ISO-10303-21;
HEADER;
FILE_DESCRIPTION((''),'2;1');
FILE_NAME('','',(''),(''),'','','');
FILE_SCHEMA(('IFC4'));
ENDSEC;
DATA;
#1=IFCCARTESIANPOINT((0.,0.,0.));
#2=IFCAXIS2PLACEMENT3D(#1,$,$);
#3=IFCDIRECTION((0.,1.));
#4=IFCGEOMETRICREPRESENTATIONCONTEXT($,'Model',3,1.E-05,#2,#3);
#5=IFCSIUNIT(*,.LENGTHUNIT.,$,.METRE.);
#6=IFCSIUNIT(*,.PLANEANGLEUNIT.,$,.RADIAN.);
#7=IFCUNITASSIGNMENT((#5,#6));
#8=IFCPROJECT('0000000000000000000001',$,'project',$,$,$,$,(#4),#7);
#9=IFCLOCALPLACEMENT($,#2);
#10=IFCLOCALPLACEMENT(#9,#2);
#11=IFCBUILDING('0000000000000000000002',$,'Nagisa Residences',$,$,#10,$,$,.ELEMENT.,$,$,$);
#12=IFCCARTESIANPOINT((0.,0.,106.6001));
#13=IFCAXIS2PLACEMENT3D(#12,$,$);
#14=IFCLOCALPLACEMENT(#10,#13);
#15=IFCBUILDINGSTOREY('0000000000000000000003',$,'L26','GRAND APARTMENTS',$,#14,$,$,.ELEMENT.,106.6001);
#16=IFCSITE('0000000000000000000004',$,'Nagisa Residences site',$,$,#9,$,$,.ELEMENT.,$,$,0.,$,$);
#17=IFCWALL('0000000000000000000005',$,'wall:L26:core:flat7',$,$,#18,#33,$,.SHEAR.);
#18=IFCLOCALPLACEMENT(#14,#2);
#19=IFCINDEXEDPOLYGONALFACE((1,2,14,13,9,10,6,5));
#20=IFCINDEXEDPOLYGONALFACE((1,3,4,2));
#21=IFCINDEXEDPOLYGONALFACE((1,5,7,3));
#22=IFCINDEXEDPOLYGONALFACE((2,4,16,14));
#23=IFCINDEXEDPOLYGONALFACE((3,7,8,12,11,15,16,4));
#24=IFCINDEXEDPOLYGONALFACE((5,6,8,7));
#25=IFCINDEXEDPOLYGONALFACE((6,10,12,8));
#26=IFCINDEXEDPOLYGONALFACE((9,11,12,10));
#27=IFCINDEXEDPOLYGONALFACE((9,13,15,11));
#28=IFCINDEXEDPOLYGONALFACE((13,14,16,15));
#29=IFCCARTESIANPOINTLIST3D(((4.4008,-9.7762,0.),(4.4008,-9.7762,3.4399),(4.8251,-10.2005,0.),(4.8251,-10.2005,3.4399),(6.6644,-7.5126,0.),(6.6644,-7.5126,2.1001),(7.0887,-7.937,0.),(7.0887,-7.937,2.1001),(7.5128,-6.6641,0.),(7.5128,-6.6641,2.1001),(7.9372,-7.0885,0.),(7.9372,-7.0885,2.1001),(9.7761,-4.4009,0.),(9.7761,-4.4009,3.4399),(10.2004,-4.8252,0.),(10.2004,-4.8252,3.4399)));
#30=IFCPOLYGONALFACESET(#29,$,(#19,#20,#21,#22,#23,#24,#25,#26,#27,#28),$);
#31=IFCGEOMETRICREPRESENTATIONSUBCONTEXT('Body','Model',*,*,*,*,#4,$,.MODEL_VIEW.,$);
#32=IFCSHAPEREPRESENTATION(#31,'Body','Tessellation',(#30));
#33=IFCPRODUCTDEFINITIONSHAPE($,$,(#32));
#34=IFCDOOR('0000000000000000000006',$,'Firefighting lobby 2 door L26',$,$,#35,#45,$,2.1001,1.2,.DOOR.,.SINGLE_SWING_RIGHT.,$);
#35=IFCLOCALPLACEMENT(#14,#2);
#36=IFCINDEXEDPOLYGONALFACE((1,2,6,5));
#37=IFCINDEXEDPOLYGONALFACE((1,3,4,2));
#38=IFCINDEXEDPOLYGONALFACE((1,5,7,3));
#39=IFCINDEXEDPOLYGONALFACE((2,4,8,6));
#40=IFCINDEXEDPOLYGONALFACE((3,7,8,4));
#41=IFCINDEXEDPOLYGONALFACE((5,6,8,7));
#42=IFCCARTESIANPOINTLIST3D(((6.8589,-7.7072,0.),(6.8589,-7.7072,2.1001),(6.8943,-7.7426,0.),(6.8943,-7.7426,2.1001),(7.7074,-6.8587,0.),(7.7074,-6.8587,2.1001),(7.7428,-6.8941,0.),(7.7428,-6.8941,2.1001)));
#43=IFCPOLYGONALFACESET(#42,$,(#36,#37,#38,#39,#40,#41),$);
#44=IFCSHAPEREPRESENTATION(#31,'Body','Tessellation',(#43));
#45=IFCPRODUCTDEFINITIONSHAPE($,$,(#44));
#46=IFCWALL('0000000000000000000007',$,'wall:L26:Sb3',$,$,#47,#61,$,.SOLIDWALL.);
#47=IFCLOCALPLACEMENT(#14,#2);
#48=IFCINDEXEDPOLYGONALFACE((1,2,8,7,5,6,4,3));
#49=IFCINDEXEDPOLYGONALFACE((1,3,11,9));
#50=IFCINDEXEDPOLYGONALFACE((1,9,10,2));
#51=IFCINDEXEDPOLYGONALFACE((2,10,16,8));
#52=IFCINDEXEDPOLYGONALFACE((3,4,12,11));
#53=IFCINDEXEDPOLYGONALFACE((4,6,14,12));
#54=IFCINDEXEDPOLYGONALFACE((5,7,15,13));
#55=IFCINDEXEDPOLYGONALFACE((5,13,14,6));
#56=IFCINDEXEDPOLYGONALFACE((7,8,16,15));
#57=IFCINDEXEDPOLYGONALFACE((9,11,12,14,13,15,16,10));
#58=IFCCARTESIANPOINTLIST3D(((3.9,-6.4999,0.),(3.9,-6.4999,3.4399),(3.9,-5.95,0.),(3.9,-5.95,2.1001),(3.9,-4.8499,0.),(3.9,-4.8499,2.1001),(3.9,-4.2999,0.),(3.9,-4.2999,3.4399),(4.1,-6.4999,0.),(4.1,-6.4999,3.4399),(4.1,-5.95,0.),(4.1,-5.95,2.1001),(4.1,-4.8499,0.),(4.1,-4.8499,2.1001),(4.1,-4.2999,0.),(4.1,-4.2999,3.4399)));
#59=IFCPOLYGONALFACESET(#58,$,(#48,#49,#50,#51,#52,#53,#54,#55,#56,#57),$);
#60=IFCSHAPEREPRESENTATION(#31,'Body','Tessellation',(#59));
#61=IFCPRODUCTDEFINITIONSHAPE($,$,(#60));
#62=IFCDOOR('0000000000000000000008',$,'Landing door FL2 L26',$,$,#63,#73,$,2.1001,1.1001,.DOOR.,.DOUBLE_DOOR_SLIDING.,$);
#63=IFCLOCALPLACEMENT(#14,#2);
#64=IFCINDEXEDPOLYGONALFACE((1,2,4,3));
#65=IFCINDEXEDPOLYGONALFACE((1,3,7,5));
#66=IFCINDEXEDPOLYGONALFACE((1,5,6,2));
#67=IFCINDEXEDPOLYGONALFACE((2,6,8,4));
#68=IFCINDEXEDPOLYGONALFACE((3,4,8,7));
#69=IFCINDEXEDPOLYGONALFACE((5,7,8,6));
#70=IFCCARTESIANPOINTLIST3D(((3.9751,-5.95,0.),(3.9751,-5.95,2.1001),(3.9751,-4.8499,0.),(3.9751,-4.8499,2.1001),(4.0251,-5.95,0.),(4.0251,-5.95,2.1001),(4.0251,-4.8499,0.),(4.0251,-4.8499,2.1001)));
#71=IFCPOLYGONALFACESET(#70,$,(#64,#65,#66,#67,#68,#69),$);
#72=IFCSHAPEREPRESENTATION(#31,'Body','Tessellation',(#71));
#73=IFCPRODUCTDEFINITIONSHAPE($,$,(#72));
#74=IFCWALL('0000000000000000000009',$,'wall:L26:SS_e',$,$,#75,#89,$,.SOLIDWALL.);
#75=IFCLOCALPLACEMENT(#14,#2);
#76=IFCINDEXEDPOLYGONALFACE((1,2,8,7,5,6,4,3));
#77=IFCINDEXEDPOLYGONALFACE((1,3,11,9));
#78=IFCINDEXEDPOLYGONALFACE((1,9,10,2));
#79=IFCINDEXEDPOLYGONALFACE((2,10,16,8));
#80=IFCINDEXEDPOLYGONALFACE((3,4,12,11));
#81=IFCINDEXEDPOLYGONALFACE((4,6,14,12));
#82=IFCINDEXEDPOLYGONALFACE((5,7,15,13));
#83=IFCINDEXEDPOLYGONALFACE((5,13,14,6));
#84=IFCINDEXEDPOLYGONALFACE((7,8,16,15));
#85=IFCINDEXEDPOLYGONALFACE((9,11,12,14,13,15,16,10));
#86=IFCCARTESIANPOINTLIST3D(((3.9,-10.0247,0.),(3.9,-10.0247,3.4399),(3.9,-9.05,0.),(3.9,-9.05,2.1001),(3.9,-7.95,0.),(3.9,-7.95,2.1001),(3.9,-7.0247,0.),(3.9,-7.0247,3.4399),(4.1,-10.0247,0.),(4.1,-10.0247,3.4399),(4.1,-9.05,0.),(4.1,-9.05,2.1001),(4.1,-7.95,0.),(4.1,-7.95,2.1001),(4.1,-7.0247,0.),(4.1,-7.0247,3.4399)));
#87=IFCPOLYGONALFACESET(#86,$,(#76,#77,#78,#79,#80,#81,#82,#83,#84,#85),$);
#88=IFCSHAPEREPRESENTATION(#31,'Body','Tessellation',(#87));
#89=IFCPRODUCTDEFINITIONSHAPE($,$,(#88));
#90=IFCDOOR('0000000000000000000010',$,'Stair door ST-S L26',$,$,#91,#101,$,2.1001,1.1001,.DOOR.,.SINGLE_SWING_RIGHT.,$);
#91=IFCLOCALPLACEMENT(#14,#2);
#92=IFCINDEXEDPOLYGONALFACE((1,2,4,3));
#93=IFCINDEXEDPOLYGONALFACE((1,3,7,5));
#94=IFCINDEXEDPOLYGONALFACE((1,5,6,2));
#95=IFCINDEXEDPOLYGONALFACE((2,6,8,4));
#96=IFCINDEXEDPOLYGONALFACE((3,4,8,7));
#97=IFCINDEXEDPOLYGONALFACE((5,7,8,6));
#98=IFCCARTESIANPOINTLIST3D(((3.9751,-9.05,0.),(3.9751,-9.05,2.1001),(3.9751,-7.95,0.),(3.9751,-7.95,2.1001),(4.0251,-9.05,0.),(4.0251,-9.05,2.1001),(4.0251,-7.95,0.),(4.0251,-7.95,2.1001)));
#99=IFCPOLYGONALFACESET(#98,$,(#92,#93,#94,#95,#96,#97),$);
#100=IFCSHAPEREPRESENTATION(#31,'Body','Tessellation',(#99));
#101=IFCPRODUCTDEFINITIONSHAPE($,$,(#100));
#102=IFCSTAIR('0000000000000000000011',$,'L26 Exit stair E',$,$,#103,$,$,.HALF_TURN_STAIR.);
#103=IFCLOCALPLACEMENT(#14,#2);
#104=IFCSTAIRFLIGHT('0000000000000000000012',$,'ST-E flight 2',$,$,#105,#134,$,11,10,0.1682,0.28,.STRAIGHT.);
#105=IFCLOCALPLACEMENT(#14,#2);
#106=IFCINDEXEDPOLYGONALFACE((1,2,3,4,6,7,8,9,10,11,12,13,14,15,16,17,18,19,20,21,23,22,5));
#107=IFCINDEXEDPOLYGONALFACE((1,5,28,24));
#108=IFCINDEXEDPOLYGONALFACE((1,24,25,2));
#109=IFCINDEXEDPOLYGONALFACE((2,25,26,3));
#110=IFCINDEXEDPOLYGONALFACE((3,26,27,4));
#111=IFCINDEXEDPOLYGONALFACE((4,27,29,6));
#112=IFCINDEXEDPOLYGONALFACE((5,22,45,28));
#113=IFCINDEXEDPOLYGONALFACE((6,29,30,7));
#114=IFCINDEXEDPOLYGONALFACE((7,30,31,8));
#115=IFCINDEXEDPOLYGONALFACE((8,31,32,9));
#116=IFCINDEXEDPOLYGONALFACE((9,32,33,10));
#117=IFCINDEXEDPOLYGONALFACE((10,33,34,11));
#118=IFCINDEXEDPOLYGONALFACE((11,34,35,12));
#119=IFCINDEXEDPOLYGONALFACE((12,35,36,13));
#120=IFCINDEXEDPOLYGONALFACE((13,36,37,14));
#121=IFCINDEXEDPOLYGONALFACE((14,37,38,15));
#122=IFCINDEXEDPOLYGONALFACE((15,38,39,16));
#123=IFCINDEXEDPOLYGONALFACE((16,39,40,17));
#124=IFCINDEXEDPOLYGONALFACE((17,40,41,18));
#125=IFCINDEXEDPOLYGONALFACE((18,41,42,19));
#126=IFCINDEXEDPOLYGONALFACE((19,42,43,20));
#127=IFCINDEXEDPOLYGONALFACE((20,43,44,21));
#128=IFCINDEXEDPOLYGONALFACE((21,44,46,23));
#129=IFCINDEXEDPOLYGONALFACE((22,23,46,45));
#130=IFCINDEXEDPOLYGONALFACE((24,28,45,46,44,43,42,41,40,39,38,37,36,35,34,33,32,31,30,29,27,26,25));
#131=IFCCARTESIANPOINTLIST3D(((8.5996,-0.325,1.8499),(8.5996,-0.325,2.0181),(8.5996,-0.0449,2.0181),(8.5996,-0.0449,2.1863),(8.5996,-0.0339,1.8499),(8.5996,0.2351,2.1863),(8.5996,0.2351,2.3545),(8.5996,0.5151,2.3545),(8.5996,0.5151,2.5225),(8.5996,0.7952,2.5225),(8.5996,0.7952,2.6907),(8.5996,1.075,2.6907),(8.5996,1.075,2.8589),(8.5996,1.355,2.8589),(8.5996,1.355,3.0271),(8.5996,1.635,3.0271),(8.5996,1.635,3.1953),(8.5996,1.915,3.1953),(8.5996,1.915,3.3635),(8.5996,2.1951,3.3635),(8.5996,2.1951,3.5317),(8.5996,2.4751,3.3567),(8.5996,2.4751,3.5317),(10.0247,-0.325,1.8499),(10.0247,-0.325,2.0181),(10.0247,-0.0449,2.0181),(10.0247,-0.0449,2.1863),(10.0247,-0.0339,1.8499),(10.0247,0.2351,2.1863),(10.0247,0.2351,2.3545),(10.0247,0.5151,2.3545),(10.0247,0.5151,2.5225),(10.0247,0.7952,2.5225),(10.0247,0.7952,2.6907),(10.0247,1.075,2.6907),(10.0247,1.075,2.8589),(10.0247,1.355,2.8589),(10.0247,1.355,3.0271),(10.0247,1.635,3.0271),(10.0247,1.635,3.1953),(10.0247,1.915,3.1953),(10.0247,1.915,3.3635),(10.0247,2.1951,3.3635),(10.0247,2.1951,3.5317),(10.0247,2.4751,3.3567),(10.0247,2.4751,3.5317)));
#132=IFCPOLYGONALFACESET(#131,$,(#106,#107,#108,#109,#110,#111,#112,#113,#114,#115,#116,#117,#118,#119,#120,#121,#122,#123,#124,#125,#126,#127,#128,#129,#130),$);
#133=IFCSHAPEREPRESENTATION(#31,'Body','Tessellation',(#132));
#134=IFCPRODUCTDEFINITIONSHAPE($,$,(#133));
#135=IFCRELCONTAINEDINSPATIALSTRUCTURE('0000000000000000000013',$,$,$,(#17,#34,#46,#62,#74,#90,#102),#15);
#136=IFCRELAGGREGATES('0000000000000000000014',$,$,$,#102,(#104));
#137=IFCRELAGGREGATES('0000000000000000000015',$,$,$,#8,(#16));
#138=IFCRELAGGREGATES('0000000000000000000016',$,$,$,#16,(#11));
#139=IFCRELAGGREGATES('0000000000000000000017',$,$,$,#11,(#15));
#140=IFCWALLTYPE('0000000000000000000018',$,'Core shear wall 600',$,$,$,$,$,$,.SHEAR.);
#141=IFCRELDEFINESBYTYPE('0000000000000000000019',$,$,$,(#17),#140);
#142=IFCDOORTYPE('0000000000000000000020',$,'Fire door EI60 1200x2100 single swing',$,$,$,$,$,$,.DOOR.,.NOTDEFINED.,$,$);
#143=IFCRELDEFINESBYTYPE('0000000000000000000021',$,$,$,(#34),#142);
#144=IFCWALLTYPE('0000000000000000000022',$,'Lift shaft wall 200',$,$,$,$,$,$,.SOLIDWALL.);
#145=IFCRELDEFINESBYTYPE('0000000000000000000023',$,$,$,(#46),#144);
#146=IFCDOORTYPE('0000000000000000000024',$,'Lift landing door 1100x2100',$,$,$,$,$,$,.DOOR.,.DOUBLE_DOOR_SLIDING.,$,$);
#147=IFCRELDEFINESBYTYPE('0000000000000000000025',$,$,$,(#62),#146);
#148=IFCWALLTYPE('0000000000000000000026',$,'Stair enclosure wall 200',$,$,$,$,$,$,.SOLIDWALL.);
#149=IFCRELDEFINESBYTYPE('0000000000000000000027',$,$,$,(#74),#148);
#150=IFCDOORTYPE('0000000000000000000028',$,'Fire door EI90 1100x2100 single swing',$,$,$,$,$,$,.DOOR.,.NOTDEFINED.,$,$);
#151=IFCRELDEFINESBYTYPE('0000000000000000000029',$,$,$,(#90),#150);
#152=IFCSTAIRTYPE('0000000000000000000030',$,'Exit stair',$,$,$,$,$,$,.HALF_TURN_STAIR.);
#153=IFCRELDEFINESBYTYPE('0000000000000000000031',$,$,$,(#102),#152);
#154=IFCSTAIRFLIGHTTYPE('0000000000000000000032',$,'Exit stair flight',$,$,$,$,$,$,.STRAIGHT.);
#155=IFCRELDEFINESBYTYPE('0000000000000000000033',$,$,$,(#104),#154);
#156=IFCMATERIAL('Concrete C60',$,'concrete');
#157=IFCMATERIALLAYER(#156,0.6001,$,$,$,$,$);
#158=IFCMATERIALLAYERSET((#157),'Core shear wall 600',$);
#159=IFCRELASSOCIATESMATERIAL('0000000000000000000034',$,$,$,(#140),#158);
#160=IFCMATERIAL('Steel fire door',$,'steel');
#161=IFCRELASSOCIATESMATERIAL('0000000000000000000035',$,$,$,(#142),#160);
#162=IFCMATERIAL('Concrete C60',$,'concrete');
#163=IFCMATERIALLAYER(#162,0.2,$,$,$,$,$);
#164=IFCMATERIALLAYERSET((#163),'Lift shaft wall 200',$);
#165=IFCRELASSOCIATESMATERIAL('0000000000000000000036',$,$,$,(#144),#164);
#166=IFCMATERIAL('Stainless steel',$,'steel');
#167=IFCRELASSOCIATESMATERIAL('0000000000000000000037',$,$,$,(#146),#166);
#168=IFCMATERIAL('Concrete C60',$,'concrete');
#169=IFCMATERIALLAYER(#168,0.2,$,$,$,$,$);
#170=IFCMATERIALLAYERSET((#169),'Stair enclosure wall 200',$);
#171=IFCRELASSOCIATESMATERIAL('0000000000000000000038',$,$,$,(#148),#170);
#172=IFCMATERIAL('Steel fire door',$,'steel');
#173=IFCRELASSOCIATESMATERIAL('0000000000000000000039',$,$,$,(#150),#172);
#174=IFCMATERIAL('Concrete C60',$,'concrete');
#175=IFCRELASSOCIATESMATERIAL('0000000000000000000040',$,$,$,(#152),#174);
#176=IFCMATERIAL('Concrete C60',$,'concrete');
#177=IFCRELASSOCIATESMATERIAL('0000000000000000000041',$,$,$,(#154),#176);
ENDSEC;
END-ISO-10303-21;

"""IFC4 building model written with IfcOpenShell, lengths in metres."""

from ifc_helpers import new_model, si_unit, direction, frame, frame_2d, origin, place, context, subcontext, project, spatial, polyline, rectangle, outline, extrude, material, layer, layer_set, type_object, element, fill, aggregate, save


model = new_model("IFC4")

# Units and contexts
model_context = context("Model", 3, precision=1e-05, world=origin(), true_north=direction((0.0, 1.0)))
body_context = subcontext(model_context, "Body", "Model", "MODEL_VIEW")
ifc_project = project(units=[si_unit("LENGTHUNIT", "METRE"), si_unit("PLANEANGLEUNIT", "RADIAN")], contexts=[model_context])

# Site, building, storey
site_placement = place(None, origin())
site = spatial("IfcSite", under=ifc_project, at=site_placement, Name="Nagisa Residences site", CompositionType="ELEMENT", RefElevation=0.0)
building_placement = place(site_placement, origin())
building = spatial("IfcBuilding", under=site, at=building_placement, Name="Nagisa Residences", CompositionType="ELEMENT")
storey_placement = place(building_placement, frame((0.0, 0.0, 106.6001)))
storey = spatial("IfcBuildingStorey", under=building, at=storey_placement, Name="L26", Description="GRAND APARTMENTS", CompositionType="ELEMENT", Elevation=106.6001)

# Walls, openings, doors
ifc_material_1 = material(Name="Concrete C60", Category="concrete")
ifc_layer_1 = layer(ifc_material_1, 0.6001)
ifc_layer_set_1 = layer_set([ifc_layer_1], Name="Core shear wall 600")
wall_type_1 = type_object("IfcWallType", Name="Core shear wall 600", PredefinedType="SHEAR", material=ifc_layer_set_1)
wall_1_placement = place(storey_placement, frame((4.613, -9.9883, 0.0), z_axis=(0.0, 0.0, 1.0), x_axis=(0.707107, 0.707107, 0.0)))
wall_1 = element("IfcWall", 1, at=wall_1_placement, inside=storey, type_object=wall_type_1, Name="wall:L26:core:flat7", PredefinedType="SHEAR", context=body_context, shape_type="SweptSolid", body=[
    extrude(rectangle(XDim=7.6018, YDim=0.6001, at=frame_2d((3.8008, 0.0))), origin(), (0.0, 0.0, 1.0), 3.4399),
])
opening_1_placement = place(wall_1_placement, frame((3.2009, 0.0, 0.0)))
opening_1 = element("IfcOpeningElement", 2, at=opening_1_placement, cuts=wall_1, PredefinedType="OPENING", context=body_context, shape_type="SweptSolid", body=[
    extrude(rectangle(XDim=1.2, YDim=2.1001, at=frame_2d((0.6001, 1.05))), frame((0.0, 0.3101, 0.0), z_axis=(0.0, -1.0, 0.0), x_axis=(1.0, 0.0, 0.0)), (0.0, 0.0, 1.0), 0.6201),
])
ifc_material_2 = material(Name="Steel fire door", Category="steel")
door_type_1 = type_object("IfcDoorType", Name="Fire door EI60 1200x2100 single swing", OperationType="NOTDEFINED", PredefinedType="DOOR", material=ifc_material_2)
door_1_placement = place(opening_1_placement, origin())
door_1 = element("IfcDoor", 3, at=door_1_placement, inside=storey, type_object=door_type_1, Name="Firefighting lobby 2 door L26", OperationType="SINGLE_SWING_RIGHT", OverallHeight=2.1001, OverallWidth=1.2, PredefinedType="DOOR", context=body_context, shape_type="SweptSolid", body=[
    extrude(rectangle(XDim=1.2, YDim=2.1001, at=frame_2d((0.6001, 1.05))), frame((0.0, 0.0249, 0.0), z_axis=(0.0, -1.0, 0.0), x_axis=(1.0, 0.0, 0.0)), (0.0, 0.0, 1.0), 0.05),
])
fill(opening_1, door_1)
ifc_material_3 = material(Name="Concrete C60", Category="concrete")
ifc_layer_2 = layer(ifc_material_3, 0.2)
ifc_layer_set_2 = layer_set([ifc_layer_2], Name="Lift shaft wall 200")
wall_type_2 = type_object("IfcWallType", Name="Lift shaft wall 200", PredefinedType="SOLIDWALL", material=ifc_layer_set_2)
wall_2_placement = place(storey_placement, frame((4.0, -6.5, 0.0), z_axis=(0.0, 0.0, 1.0), x_axis=(0.0, 1.0, 0.0)))
wall_2 = element("IfcWall", 4, at=wall_2_placement, inside=storey, type_object=wall_type_2, Name="wall:L26:Sb3", PredefinedType="SOLIDWALL", context=body_context, shape_type="SweptSolid", body=[
    extrude(rectangle(XDim=2.2, YDim=0.2, at=frame_2d((1.1001, 0.0))), origin(), (0.0, 0.0, 1.0), 3.4399),
])
opening_2_placement = place(wall_2_placement, frame((0.55, 0.0, 0.0)))
opening_2 = element("IfcOpeningElement", 5, at=opening_2_placement, cuts=wall_2, PredefinedType="OPENING", context=body_context, shape_type="SweptSolid", body=[
    extrude(rectangle(XDim=1.1001, YDim=2.1001, at=frame_2d((0.55, 1.05))), frame((0.0, 0.1099, 0.0), z_axis=(0.0, -1.0, 0.0), x_axis=(1.0, 0.0, 0.0)), (0.0, 0.0, 1.0), 0.22),
])
ifc_material_4 = material(Name="Stainless steel", Category="steel")
door_type_2 = type_object("IfcDoorType", Name="Lift landing door 1100x2100", OperationType="DOUBLE_DOOR_SLIDING", PredefinedType="DOOR", material=ifc_material_4)
door_2_placement = place(opening_2_placement, origin())
door_2 = element("IfcDoor", 6, at=door_2_placement, inside=storey, type_object=door_type_2, Name="Landing door FL2 L26", OperationType="DOUBLE_DOOR_SLIDING", OverallHeight=2.1001, OverallWidth=1.1001, PredefinedType="DOOR", context=body_context, shape_type="SweptSolid", body=[
    extrude(rectangle(XDim=1.1001, YDim=2.1001, at=frame_2d((0.55, 1.05))), frame((0.0, 0.0249, 0.0), z_axis=(0.0, -1.0, 0.0), x_axis=(1.0, 0.0, 0.0)), (0.0, 0.0, 1.0), 0.05),
])
fill(opening_2, door_2)
ifc_material_5 = material(Name="Concrete C60", Category="concrete")
ifc_layer_3 = layer(ifc_material_5, 0.2)
ifc_layer_set_3 = layer_set([ifc_layer_3], Name="Stair enclosure wall 200")
wall_type_3 = type_object("IfcWallType", Name="Stair enclosure wall 200", PredefinedType="SOLIDWALL", material=ifc_layer_set_3)
wall_3_placement = place(storey_placement, frame((4.0, -10.0247, 0.0), z_axis=(0.0, 0.0, 1.0), x_axis=(0.0, 1.0, 0.0)))
wall_3 = element("IfcWall", 7, at=wall_3_placement, inside=storey, type_object=wall_type_3, Name="wall:L26:SS_e", PredefinedType="SOLIDWALL", context=body_context, shape_type="SweptSolid", body=[
    extrude(rectangle(XDim=3.0, YDim=0.2, at=frame_2d((1.5, 0.0))), origin(), (0.0, 0.0, 1.0), 3.4399),
])
opening_3_placement = place(wall_3_placement, frame((0.9746, 0.0, 0.0)))
opening_3 = element("IfcOpeningElement", 8, at=opening_3_placement, cuts=wall_3, PredefinedType="OPENING", context=body_context, shape_type="SweptSolid", body=[
    extrude(rectangle(XDim=1.1001, YDim=2.1001, at=frame_2d((0.55, 1.05))), frame((0.0, 0.1099, 0.0), z_axis=(0.0, -1.0, 0.0), x_axis=(1.0, 0.0, 0.0)), (0.0, 0.0, 1.0), 0.22),
])
ifc_material_6 = material(Name="Steel fire door", Category="steel")
door_type_3 = type_object("IfcDoorType", Name="Fire door EI90 1100x2100 single swing", OperationType="NOTDEFINED", PredefinedType="DOOR", material=ifc_material_6)
door_3_placement = place(opening_3_placement, origin())
door_3 = element("IfcDoor", 9, at=door_3_placement, inside=storey, type_object=door_type_3, Name="Stair door ST-S L26", OperationType="SINGLE_SWING_RIGHT", OverallHeight=2.1001, OverallWidth=1.1001, PredefinedType="DOOR", context=body_context, shape_type="SweptSolid", body=[
    extrude(rectangle(XDim=1.1001, YDim=2.1001, at=frame_2d((0.55, 1.05))), frame((0.0, 0.0249, 0.0), z_axis=(0.0, -1.0, 0.0), x_axis=(1.0, 0.0, 0.0)), (0.0, 0.0, 1.0), 0.05),
])
fill(opening_3, door_3)

# Stair, stair flight
ifc_material_7 = material(Name="Concrete C60", Category="concrete")
stair_type = type_object("IfcStairType", Name="Exit stair", PredefinedType="HALF_TURN_STAIR", material=ifc_material_7)
stair_placement = place(storey_placement, origin())
stair = element("IfcStair", 10, at=stair_placement, inside=storey, type_object=stair_type, Name="L26 Exit stair E", PredefinedType="HALF_TURN_STAIR")
ifc_material_8 = material(Name="Concrete C60", Category="concrete")
stair_flight_type = type_object("IfcStairFlightType", Name="Exit stair flight", PredefinedType="STRAIGHT", material=ifc_material_8)
stair_flight_placement = place(storey_placement, frame((9.312, -0.325, 1.8499), z_axis=(0.0, 0.0, 1.0), x_axis=(0.0, 1.0, 0.0)))
stair_flight = element("IfcStairFlight", 11, at=stair_flight_placement, type_object=stair_flight_type, Name="ST-E flight 2", NumberOfRisers=11, NumberOfTreads=10, PredefinedType="STRAIGHT", RiserHeight=0.1682, TreadLength=0.28, context=body_context, shape_type="SweptSolid", body=[
    extrude(outline(polyline([(0.0, 0.0), (0.0, 0.1682), (0.28, 0.1682), (0.28, 0.3364), (0.5601, 0.3364), (0.5601, 0.5046), (0.8401, 0.5046), (0.8401, 0.6726), (1.1201, 0.6726), (1.1201, 0.8408), (1.3999, 0.8408), (1.3999, 1.009), (1.6799, 1.009), (1.6799, 1.1772), (1.96, 1.1772), (1.96, 1.3455), (2.24, 1.3455), (2.24, 1.5137), (2.52, 1.5137), (2.52, 1.6819), (2.8, 1.6819), (2.8, 1.8501), (2.8, 1.5068), (0.291, 0.0), (0.0, 0.0)])), frame((0.0, 0.7124, 0.0), z_axis=(0.0, -1.0, 0.0), x_axis=(1.0, 0.0, 0.0)), (0.0, 0.0, 1.0), 1.425),
])
aggregate(stair, [stair_flight])

save(model, "model.ifc")
